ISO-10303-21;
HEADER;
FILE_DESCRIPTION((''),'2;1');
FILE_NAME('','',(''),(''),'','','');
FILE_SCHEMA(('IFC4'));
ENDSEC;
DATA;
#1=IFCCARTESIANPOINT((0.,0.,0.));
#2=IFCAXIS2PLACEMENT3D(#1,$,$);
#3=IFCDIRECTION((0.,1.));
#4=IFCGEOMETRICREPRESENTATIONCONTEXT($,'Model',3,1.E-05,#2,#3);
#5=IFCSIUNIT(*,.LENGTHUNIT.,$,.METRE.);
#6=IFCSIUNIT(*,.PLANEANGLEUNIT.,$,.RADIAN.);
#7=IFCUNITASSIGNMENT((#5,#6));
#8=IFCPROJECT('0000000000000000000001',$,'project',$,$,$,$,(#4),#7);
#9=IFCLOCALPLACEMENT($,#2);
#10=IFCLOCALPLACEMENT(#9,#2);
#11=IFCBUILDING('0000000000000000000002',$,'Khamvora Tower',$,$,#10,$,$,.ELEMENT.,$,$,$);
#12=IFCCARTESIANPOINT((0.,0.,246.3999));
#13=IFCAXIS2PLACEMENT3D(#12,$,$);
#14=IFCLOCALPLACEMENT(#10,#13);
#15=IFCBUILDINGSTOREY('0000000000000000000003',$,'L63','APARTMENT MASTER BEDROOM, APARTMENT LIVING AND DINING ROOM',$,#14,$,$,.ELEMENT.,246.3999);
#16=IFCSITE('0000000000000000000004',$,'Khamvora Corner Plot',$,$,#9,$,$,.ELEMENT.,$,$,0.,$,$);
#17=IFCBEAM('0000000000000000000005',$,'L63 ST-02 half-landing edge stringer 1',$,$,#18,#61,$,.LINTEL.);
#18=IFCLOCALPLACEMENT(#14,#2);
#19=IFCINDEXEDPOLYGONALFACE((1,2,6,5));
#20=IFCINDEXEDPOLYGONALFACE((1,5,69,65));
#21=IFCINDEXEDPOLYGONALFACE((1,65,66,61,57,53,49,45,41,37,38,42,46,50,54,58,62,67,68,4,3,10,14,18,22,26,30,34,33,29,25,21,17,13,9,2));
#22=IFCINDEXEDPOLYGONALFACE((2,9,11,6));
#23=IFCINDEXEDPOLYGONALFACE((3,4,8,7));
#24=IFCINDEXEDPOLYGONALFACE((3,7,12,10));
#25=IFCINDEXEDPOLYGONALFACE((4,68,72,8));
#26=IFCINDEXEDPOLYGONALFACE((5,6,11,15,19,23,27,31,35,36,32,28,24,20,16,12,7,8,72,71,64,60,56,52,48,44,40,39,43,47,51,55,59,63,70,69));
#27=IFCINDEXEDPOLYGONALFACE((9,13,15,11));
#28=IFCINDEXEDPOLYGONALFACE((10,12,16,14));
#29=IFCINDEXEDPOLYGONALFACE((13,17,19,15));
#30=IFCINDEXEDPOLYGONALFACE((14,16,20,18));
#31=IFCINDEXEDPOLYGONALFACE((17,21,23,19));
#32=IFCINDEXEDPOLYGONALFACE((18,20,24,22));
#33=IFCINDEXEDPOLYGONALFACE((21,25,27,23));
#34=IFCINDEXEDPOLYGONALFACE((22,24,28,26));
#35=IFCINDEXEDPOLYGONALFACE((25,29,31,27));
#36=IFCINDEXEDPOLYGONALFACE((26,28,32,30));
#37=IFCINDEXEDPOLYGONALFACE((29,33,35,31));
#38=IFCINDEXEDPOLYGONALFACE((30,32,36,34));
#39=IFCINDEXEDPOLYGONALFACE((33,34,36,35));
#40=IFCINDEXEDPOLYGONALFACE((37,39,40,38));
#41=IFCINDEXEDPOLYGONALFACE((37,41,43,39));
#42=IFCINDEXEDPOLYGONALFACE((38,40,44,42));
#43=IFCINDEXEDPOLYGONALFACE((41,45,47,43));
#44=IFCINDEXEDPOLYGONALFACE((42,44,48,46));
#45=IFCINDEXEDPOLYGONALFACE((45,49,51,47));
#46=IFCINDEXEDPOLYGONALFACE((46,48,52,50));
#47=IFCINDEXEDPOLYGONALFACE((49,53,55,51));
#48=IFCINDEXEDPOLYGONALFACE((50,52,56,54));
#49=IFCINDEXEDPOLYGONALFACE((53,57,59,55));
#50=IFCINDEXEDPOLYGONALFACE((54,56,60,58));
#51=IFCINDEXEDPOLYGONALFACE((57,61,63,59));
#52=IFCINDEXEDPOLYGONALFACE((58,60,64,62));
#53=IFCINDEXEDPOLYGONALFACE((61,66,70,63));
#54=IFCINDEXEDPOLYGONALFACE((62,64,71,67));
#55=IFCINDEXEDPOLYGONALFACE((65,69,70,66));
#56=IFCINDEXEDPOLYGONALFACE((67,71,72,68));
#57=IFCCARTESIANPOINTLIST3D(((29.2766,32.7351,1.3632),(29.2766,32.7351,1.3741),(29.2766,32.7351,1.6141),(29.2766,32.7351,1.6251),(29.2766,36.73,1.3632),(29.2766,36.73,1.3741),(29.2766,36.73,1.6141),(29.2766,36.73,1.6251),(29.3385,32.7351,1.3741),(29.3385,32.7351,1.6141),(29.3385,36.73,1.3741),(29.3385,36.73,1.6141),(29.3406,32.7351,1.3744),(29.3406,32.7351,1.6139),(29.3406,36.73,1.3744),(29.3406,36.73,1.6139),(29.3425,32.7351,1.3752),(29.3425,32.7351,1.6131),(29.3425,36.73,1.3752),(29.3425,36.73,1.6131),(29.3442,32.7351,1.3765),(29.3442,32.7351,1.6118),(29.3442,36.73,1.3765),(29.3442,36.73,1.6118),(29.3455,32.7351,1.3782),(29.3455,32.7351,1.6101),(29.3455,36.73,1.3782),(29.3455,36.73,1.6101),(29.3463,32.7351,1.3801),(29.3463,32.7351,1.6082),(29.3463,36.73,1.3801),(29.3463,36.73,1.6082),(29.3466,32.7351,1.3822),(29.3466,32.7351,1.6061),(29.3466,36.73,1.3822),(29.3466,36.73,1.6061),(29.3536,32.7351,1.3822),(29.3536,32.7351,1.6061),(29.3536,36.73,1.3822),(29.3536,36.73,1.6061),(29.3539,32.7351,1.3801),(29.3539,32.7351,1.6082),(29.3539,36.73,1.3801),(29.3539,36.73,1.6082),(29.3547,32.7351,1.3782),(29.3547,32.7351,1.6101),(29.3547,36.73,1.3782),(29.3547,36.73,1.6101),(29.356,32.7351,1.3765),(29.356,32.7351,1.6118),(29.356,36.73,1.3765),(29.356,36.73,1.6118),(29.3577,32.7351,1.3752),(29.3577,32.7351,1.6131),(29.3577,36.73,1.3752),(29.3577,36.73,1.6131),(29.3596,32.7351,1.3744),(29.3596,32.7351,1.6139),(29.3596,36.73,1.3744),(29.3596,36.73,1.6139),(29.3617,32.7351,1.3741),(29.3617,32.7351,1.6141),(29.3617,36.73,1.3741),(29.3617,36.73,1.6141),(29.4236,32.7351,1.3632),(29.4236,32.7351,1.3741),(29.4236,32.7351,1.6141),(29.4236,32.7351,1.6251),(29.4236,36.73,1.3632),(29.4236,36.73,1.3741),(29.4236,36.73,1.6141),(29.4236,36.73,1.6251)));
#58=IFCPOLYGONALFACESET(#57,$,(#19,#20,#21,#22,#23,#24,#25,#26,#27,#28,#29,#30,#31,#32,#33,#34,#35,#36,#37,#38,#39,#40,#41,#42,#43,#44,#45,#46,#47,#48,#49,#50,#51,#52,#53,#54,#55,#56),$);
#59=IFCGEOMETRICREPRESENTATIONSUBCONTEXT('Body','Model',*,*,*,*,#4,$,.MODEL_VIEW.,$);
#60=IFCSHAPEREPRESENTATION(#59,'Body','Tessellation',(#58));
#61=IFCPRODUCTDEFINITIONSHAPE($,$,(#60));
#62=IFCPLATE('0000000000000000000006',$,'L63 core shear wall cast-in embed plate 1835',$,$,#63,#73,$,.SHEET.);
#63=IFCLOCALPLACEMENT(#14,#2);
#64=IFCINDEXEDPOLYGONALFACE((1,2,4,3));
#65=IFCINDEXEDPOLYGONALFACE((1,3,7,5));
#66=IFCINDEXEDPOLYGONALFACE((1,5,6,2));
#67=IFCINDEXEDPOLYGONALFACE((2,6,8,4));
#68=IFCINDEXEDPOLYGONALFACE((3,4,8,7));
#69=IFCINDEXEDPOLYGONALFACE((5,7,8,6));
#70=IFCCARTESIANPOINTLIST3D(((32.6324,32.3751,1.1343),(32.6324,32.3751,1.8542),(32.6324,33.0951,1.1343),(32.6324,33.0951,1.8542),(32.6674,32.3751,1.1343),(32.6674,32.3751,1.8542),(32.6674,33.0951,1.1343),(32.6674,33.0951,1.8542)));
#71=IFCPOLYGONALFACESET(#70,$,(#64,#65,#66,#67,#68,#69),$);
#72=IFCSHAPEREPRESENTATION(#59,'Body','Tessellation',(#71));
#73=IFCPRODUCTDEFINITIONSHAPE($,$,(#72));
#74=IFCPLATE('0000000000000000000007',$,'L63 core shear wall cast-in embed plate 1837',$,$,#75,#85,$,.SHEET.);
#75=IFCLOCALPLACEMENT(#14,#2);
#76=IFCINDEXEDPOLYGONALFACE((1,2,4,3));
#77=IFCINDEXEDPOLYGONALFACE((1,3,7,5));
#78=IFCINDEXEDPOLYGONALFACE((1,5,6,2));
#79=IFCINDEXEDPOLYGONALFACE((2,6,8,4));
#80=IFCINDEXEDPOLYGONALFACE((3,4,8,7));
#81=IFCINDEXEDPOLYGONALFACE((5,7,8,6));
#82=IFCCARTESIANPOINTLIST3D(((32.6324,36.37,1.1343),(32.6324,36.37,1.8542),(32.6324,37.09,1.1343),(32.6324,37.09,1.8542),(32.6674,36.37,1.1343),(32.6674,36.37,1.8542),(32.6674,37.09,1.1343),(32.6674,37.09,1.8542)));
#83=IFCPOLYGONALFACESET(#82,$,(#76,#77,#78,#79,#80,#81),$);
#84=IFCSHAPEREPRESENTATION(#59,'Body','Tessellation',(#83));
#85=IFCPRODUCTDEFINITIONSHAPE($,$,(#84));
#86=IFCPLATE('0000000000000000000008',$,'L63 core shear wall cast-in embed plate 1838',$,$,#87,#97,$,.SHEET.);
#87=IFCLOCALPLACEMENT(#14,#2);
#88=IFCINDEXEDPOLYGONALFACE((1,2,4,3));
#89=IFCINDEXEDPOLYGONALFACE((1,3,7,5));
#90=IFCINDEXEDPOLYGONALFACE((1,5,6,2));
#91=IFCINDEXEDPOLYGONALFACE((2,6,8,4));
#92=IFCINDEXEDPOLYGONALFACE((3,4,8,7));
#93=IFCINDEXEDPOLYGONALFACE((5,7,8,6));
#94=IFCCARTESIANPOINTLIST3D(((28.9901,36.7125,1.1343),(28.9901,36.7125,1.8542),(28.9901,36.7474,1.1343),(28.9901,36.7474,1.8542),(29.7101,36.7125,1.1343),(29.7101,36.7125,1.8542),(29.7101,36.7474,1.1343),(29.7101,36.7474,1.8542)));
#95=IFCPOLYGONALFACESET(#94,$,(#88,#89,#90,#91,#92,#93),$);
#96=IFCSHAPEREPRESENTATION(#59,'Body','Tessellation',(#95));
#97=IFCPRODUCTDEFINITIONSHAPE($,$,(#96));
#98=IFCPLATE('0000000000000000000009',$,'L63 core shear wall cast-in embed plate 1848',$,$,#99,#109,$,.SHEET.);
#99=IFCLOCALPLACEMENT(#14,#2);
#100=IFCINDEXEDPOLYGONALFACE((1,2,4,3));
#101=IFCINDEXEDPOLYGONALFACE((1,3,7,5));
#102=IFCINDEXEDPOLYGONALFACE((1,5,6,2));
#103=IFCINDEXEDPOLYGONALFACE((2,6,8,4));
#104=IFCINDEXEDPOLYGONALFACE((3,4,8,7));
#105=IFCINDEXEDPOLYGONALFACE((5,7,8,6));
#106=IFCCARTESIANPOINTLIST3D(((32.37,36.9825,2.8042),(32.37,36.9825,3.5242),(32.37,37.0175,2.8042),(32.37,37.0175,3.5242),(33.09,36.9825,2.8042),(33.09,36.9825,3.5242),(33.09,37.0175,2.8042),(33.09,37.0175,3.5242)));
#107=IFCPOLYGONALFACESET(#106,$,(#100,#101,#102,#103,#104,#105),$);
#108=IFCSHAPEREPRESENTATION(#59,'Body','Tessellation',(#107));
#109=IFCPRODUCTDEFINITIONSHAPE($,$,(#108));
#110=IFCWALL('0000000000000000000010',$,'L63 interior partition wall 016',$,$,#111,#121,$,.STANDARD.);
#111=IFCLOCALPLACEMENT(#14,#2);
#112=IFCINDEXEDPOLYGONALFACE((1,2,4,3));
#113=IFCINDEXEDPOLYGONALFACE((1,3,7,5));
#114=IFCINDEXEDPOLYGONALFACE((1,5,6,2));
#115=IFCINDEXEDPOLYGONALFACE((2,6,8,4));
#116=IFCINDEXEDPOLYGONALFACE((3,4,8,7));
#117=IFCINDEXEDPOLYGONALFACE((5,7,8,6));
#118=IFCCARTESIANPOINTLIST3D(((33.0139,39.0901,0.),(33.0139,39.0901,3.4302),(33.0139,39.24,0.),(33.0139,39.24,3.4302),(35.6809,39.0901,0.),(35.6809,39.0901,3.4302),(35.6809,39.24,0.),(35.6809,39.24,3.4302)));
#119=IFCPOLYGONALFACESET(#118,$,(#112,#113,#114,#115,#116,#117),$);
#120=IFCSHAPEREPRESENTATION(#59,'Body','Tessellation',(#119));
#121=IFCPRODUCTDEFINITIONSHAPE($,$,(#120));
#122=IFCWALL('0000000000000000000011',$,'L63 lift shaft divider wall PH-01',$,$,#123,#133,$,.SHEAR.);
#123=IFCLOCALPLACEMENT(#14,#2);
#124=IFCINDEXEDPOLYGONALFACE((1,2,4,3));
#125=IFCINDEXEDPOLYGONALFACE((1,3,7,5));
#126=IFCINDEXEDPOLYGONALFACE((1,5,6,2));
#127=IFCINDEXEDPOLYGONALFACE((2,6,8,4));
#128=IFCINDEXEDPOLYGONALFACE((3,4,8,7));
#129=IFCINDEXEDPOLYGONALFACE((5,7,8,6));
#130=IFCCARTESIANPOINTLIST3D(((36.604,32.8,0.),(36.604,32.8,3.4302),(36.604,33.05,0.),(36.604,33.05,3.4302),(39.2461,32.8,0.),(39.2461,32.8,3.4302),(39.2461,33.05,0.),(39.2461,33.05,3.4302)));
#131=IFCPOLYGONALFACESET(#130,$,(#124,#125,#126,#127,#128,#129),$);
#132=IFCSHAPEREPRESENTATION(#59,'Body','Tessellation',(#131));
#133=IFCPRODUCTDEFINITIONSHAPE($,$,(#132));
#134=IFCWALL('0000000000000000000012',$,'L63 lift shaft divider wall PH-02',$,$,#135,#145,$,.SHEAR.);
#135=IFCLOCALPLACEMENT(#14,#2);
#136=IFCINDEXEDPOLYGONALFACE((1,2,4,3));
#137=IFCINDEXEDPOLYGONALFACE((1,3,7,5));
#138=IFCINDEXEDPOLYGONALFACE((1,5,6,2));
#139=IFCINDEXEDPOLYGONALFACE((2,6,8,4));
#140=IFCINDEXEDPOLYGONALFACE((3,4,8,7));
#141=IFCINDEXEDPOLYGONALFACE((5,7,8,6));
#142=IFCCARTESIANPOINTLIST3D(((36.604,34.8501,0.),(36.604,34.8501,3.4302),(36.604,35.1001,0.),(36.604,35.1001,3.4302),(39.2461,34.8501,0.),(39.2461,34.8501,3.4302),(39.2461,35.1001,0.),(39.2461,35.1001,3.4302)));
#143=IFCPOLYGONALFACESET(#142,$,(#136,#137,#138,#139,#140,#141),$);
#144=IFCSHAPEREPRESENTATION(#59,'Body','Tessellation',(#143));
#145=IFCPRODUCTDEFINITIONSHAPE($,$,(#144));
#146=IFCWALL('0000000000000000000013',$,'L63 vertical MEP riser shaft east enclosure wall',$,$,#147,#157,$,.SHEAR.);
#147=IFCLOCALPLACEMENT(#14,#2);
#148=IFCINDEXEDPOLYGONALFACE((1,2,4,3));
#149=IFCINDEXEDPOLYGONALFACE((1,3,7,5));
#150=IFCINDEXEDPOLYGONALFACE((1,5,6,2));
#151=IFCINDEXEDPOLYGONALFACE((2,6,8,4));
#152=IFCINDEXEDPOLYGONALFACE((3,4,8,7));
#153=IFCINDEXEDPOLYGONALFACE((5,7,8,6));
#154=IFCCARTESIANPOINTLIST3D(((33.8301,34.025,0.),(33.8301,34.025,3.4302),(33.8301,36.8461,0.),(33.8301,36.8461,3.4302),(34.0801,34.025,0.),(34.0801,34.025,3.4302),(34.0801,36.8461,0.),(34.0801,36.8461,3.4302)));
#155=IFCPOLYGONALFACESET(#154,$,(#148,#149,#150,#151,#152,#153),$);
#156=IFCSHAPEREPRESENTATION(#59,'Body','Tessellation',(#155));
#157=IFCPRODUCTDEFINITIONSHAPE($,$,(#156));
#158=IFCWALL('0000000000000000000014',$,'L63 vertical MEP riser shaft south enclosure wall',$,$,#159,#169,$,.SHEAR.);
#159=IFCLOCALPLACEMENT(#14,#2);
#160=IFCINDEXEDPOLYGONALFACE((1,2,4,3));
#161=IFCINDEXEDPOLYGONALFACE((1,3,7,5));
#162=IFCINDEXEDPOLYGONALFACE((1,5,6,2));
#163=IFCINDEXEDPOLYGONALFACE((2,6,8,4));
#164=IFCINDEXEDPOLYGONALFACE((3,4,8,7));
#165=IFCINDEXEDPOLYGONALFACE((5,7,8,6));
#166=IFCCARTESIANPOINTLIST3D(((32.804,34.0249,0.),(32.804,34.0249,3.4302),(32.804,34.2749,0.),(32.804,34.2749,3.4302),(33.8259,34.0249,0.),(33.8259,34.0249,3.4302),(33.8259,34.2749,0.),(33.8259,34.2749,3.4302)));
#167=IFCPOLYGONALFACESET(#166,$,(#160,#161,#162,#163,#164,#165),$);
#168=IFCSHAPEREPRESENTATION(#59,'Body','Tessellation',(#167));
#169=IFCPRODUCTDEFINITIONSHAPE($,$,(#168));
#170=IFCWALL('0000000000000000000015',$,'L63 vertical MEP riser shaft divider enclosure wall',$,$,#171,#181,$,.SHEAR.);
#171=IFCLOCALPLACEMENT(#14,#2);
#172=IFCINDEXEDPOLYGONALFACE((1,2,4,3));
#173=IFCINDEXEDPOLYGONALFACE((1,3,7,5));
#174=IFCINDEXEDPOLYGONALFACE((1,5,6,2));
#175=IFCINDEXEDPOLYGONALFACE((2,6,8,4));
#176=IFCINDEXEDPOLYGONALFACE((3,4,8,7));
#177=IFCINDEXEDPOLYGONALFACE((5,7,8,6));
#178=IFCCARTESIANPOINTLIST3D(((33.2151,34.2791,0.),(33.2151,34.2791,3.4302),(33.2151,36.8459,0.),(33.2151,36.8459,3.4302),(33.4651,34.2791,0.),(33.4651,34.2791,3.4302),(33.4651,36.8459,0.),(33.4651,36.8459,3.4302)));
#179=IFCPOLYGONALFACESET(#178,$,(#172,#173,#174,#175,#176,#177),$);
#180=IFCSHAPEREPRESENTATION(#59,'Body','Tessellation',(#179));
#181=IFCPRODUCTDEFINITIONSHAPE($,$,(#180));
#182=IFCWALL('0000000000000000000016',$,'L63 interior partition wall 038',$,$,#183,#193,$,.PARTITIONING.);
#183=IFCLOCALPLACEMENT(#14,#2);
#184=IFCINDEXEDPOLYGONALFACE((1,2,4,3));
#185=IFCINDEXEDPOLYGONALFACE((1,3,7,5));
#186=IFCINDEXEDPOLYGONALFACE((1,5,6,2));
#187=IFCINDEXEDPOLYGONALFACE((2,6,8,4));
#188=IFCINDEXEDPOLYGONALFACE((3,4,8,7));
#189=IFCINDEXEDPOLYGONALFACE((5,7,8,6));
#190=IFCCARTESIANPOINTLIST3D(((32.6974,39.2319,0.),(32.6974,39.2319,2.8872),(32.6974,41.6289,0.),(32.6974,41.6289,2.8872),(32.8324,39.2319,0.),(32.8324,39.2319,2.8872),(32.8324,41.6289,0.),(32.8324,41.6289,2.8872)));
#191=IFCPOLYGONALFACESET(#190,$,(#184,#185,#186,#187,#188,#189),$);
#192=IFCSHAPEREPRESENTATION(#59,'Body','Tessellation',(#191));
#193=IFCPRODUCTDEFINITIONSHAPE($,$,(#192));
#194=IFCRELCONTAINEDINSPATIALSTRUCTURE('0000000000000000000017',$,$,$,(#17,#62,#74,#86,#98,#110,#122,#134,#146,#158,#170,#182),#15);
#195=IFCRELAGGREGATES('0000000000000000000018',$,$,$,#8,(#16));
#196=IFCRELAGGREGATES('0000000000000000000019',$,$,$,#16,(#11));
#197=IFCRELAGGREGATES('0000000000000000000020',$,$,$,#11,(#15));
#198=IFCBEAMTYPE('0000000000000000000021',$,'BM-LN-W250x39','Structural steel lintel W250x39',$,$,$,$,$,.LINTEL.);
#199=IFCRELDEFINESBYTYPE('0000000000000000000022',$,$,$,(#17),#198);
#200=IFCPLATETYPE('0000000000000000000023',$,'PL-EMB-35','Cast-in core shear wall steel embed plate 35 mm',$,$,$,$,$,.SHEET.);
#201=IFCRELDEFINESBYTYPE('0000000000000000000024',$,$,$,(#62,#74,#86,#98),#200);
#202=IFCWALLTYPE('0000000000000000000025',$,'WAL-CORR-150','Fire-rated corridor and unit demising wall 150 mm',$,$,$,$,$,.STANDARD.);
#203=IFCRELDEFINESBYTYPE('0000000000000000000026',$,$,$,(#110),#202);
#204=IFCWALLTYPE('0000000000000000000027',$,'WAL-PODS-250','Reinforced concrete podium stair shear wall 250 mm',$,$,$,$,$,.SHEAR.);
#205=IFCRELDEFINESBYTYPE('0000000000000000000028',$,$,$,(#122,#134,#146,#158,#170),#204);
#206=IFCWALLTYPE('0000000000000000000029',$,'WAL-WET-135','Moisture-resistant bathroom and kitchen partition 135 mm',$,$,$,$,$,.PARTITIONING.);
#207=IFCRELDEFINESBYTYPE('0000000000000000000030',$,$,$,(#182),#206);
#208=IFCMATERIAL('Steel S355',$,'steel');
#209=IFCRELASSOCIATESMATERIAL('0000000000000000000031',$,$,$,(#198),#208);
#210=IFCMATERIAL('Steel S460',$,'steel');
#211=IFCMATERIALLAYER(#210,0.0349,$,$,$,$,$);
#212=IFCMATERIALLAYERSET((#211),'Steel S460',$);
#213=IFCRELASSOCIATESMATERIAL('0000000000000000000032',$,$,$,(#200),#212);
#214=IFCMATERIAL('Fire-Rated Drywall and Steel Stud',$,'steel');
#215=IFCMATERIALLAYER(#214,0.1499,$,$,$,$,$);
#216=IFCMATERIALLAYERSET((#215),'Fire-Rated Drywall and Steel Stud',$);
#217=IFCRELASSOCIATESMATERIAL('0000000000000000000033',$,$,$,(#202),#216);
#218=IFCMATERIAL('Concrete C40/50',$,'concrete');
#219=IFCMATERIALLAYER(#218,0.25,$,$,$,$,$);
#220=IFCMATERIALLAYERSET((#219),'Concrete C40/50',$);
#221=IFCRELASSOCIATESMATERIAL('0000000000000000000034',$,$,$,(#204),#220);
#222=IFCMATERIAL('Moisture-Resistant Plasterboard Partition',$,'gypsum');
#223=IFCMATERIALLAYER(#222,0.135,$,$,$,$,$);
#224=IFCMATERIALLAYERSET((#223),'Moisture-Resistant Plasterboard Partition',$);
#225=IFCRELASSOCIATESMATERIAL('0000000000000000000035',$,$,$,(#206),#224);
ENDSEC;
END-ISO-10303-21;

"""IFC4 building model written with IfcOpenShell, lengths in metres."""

from ifc_helpers import new_model, si_unit, direction, frame, frame_2d, origin, origin_2d, place, context, subcontext, project, spatial, rectangle, i_section, extrude, material, layer, layer_set, material_profile, profile_set, type_object, element, save


model = new_model("IFC4")

# Units and contexts
model_context = context("Model", 3, precision=1e-05, world=origin(), true_north=direction((0.0, 1.0)))
body_context = subcontext(model_context, "Body", "Model", "MODEL_VIEW")
ifc_project = project(units=[si_unit("LENGTHUNIT", "METRE"), si_unit("PLANEANGLEUNIT", "RADIAN")], contexts=[model_context])

# Site, building, storey
site_placement = place(None, origin())
site = spatial("IfcSite", under=ifc_project, at=site_placement, Name="Khamvora Corner Plot", CompositionType="ELEMENT", RefElevation=0.0)
building_placement = place(site_placement, origin())
building = spatial("IfcBuilding", under=site, at=building_placement, Name="Khamvora Tower", CompositionType="ELEMENT")
storey_placement = place(building_placement, frame((0.0, 0.0, 246.3999)))
storey = spatial("IfcBuildingStorey", under=building, at=storey_placement, Name="L63", Description="APARTMENT MASTER BEDROOM, APARTMENT LIVING AND DINING ROOM", CompositionType="ELEMENT", Elevation=246.3999)

# Beam
ifc_material_1 = material(Name="Steel S355", Category="steel")
ifc_material_profile = material_profile(ifc_material_1, i_section(OverallWidth=0.147, OverallDepth=0.262, WebThickness=0.0071, FlangeThickness=0.011, FilletRadius=0.0081, at=origin_2d()), Name="W250x39")
ifc_profile_set = profile_set([ifc_material_profile], Name="Steel S355")
beam_type = type_object("IfcBeamType", Name="BM-LN-W250x39", Description="Structural steel lintel W250x39", PredefinedType="LINTEL", material=ifc_profile_set)
beam_placement = place(storey_placement, frame((29.3501, 32.7351, 1.4941), z_axis=(0.0, 1.0, 0.0), x_axis=(-1.0, 0.0, 0.0)))
element("IfcBeam", 1, at=beam_placement, inside=storey, type_object=beam_type, Name="L63 ST-02 half-landing edge stringer 1", PredefinedType="LINTEL", context=body_context, shape_type="SweptSolid", body=[
    extrude(i_section(OverallWidth=0.147, OverallDepth=0.262, WebThickness=0.0071, FlangeThickness=0.011, FilletRadius=0.0081, at=origin_2d()), origin(), (0.0, 0.0, 1.0), 3.9949),
])

# Plates
ifc_material_2 = material(Name="Steel S460", Category="steel")
ifc_layer_1 = layer(ifc_material_2, 0.0349)
ifc_layer_set_1 = layer_set([ifc_layer_1], Name="Steel S460")
plate_type = type_object("IfcPlateType", Name="PL-EMB-35", Description="Cast-in core shear wall steel embed plate 35 mm", PredefinedType="SHEET", material=ifc_layer_set_1)
for number, where, z_axis, x_axis, name in (
    (2, (32.6499, 32.7351, 1.1343), (0.0, 0.0, 1.0), (1.0, 0.0, 0.0), "L63 core shear wall cast-in embed plate 1835"),
    (3, (32.6499, 36.73, 1.1343), (0.0, 0.0, 1.0), (1.0, 0.0, 0.0), "L63 core shear wall cast-in embed plate 1837"),
):
    element("IfcPlate", number, at=place(storey_placement, frame(where, z_axis=z_axis, x_axis=x_axis)), inside=storey, type_object=plate_type, Name=name, PredefinedType="SHEET", context=body_context, shape_type="SweptSolid", body=[
        extrude(rectangle(XDim=0.0349, YDim=0.72, at=origin_2d()), origin(), (0.0, 0.0, 1.0), 0.72),
    ])
for number, where, z_axis, x_axis, name in (
    (4, (29.3501, 36.73, 1.1343), (0.0, 0.0, 1.0), (1.0, 0.0, 0.0), "L63 core shear wall cast-in embed plate 1838"),
    (5, (32.73, 37.0, 2.8042), (0.0, 0.0, 1.0), (1.0, 0.0, 0.0), "L63 core shear wall cast-in embed plate 1848"),
):
    element("IfcPlate", number, at=place(storey_placement, frame(where, z_axis=z_axis, x_axis=x_axis)), inside=storey, type_object=plate_type, Name=name, PredefinedType="SHEET", context=body_context, shape_type="SweptSolid", body=[
        extrude(rectangle(XDim=0.72, YDim=0.0349, at=origin_2d()), origin(), (0.0, 0.0, 1.0), 0.72),
    ])

# Shared definitions
ifc_material_3 = material(Name="Fire-Rated Drywall and Steel Stud", Category="steel")
ifc_layer_2 = layer(ifc_material_3, 0.1499)
ifc_layer_set_2 = layer_set([ifc_layer_2], Name="Fire-Rated Drywall and Steel Stud")
wall_type_1 = type_object("IfcWallType", Name="WAL-CORR-150", Description="Fire-rated corridor and unit demising wall 150 mm", PredefinedType="STANDARD", material=ifc_layer_set_2)

# Walls
wall_1_placement = place(storey_placement, frame((33.0139, 39.165, 0.0), z_axis=(0.0, 0.0, 1.0), x_axis=(1.0, 0.0, 0.0)))
element("IfcWall", 6, at=wall_1_placement, inside=storey, type_object=wall_type_1, Name="L63 interior partition wall 016", PredefinedType="STANDARD", context=body_context, shape_type="SweptSolid", body=[
    extrude(rectangle(XDim=2.667, YDim=0.1499, at=frame_2d((1.3335, 0.0))), origin(), (0.0, 0.0, 1.0), 3.4302),
])
ifc_material_4 = material(Name="Concrete C40/50", Category="concrete")
ifc_layer_3 = layer(ifc_material_4, 0.25)
ifc_layer_set_3 = layer_set([ifc_layer_3], Name="Concrete C40/50")
wall_type_2 = type_object("IfcWallType", Name="WAL-PODS-250", Description="Reinforced concrete podium stair shear wall 250 mm", PredefinedType="SHEAR", material=ifc_layer_set_3)
for number, where, z_axis, x_axis, name in (
    (7, (36.604, 32.925, 0.0), (0.0, 0.0, 1.0), (1.0, 0.0, 0.0), "L63 lift shaft divider wall PH-01"),
    (8, (36.604, 34.9751, 0.0), (0.0, 0.0, 1.0), (1.0, 0.0, 0.0), "L63 lift shaft divider wall PH-02"),
):
    element("IfcWall", number, at=place(storey_placement, frame(where, z_axis=z_axis, x_axis=x_axis)), inside=storey, type_object=wall_type_2, Name=name, PredefinedType="SHEAR", context=body_context, shape_type="SweptSolid", body=[
        extrude(rectangle(XDim=2.6421, YDim=0.25, at=frame_2d((1.321, 0.0))), origin(), (0.0, 0.0, 1.0), 3.4302),
    ])
wall_2_placement = place(storey_placement, frame((33.9551, 34.0249, 0.0), z_axis=(0.0, 0.0, 1.0), x_axis=(0.0, 1.0, 0.0)))
element("IfcWall", 9, at=wall_2_placement, inside=storey, type_object=wall_type_2, Name="L63 vertical MEP riser shaft east enclosure wall", PredefinedType="SHEAR", context=body_context, shape_type="SweptSolid", body=[
    extrude(rectangle(XDim=2.821, YDim=0.25, at=frame_2d((1.4106, 0.0))), origin(), (0.0, 0.0, 1.0), 3.4302),
])
wall_3_placement = place(storey_placement, frame((32.804, 34.1499, 0.0), z_axis=(0.0, 0.0, 1.0), x_axis=(1.0, 0.0, 0.0)))
element("IfcWall", 10, at=wall_3_placement, inside=storey, type_object=wall_type_2, Name="L63 vertical MEP riser shaft south enclosure wall", PredefinedType="SHEAR", context=body_context, shape_type="SweptSolid", body=[
    extrude(rectangle(XDim=1.022, YDim=0.25, at=frame_2d((0.511, 0.0))), origin(), (0.0, 0.0, 1.0), 3.4302),
])
wall_4_placement = place(storey_placement, frame((33.3401, 34.2791, 0.0), z_axis=(0.0, 0.0, 1.0), x_axis=(0.0, 1.0, 0.0)))
element("IfcWall", 11, at=wall_4_placement, inside=storey, type_object=wall_type_2, Name="L63 vertical MEP riser shaft divider enclosure wall", PredefinedType="SHEAR", context=body_context, shape_type="SweptSolid", body=[
    extrude(rectangle(XDim=2.5669, YDim=0.25, at=frame_2d((1.2834, 0.0))), origin(), (0.0, 0.0, 1.0), 3.4302),
])
ifc_material_5 = material(Name="Moisture-Resistant Plasterboard Partition", Category="gypsum")
ifc_layer_4 = layer(ifc_material_5, 0.135)
ifc_layer_set_4 = layer_set([ifc_layer_4], Name="Moisture-Resistant Plasterboard Partition")
wall_type_3 = type_object("IfcWallType", Name="WAL-WET-135", Description="Moisture-resistant bathroom and kitchen partition 135 mm", PredefinedType="PARTITIONING", material=ifc_layer_set_4)
wall_5_placement = place(storey_placement, frame((32.7649, 41.6289, 0.0), z_axis=(0.0, 0.0, 1.0), x_axis=(0.0, -1.0, 0.0)))
element("IfcWall", 12, at=wall_5_placement, inside=storey, type_object=wall_type_3, Name="L63 interior partition wall 038", PredefinedType="PARTITIONING", context=body_context, shape_type="SweptSolid", body=[
    extrude(rectangle(XDim=2.397, YDim=0.135, at=frame_2d((1.1985, 0.0))), origin(), (0.0, 0.0, 1.0), 2.8872),
])

save(model, "model.ifc")
